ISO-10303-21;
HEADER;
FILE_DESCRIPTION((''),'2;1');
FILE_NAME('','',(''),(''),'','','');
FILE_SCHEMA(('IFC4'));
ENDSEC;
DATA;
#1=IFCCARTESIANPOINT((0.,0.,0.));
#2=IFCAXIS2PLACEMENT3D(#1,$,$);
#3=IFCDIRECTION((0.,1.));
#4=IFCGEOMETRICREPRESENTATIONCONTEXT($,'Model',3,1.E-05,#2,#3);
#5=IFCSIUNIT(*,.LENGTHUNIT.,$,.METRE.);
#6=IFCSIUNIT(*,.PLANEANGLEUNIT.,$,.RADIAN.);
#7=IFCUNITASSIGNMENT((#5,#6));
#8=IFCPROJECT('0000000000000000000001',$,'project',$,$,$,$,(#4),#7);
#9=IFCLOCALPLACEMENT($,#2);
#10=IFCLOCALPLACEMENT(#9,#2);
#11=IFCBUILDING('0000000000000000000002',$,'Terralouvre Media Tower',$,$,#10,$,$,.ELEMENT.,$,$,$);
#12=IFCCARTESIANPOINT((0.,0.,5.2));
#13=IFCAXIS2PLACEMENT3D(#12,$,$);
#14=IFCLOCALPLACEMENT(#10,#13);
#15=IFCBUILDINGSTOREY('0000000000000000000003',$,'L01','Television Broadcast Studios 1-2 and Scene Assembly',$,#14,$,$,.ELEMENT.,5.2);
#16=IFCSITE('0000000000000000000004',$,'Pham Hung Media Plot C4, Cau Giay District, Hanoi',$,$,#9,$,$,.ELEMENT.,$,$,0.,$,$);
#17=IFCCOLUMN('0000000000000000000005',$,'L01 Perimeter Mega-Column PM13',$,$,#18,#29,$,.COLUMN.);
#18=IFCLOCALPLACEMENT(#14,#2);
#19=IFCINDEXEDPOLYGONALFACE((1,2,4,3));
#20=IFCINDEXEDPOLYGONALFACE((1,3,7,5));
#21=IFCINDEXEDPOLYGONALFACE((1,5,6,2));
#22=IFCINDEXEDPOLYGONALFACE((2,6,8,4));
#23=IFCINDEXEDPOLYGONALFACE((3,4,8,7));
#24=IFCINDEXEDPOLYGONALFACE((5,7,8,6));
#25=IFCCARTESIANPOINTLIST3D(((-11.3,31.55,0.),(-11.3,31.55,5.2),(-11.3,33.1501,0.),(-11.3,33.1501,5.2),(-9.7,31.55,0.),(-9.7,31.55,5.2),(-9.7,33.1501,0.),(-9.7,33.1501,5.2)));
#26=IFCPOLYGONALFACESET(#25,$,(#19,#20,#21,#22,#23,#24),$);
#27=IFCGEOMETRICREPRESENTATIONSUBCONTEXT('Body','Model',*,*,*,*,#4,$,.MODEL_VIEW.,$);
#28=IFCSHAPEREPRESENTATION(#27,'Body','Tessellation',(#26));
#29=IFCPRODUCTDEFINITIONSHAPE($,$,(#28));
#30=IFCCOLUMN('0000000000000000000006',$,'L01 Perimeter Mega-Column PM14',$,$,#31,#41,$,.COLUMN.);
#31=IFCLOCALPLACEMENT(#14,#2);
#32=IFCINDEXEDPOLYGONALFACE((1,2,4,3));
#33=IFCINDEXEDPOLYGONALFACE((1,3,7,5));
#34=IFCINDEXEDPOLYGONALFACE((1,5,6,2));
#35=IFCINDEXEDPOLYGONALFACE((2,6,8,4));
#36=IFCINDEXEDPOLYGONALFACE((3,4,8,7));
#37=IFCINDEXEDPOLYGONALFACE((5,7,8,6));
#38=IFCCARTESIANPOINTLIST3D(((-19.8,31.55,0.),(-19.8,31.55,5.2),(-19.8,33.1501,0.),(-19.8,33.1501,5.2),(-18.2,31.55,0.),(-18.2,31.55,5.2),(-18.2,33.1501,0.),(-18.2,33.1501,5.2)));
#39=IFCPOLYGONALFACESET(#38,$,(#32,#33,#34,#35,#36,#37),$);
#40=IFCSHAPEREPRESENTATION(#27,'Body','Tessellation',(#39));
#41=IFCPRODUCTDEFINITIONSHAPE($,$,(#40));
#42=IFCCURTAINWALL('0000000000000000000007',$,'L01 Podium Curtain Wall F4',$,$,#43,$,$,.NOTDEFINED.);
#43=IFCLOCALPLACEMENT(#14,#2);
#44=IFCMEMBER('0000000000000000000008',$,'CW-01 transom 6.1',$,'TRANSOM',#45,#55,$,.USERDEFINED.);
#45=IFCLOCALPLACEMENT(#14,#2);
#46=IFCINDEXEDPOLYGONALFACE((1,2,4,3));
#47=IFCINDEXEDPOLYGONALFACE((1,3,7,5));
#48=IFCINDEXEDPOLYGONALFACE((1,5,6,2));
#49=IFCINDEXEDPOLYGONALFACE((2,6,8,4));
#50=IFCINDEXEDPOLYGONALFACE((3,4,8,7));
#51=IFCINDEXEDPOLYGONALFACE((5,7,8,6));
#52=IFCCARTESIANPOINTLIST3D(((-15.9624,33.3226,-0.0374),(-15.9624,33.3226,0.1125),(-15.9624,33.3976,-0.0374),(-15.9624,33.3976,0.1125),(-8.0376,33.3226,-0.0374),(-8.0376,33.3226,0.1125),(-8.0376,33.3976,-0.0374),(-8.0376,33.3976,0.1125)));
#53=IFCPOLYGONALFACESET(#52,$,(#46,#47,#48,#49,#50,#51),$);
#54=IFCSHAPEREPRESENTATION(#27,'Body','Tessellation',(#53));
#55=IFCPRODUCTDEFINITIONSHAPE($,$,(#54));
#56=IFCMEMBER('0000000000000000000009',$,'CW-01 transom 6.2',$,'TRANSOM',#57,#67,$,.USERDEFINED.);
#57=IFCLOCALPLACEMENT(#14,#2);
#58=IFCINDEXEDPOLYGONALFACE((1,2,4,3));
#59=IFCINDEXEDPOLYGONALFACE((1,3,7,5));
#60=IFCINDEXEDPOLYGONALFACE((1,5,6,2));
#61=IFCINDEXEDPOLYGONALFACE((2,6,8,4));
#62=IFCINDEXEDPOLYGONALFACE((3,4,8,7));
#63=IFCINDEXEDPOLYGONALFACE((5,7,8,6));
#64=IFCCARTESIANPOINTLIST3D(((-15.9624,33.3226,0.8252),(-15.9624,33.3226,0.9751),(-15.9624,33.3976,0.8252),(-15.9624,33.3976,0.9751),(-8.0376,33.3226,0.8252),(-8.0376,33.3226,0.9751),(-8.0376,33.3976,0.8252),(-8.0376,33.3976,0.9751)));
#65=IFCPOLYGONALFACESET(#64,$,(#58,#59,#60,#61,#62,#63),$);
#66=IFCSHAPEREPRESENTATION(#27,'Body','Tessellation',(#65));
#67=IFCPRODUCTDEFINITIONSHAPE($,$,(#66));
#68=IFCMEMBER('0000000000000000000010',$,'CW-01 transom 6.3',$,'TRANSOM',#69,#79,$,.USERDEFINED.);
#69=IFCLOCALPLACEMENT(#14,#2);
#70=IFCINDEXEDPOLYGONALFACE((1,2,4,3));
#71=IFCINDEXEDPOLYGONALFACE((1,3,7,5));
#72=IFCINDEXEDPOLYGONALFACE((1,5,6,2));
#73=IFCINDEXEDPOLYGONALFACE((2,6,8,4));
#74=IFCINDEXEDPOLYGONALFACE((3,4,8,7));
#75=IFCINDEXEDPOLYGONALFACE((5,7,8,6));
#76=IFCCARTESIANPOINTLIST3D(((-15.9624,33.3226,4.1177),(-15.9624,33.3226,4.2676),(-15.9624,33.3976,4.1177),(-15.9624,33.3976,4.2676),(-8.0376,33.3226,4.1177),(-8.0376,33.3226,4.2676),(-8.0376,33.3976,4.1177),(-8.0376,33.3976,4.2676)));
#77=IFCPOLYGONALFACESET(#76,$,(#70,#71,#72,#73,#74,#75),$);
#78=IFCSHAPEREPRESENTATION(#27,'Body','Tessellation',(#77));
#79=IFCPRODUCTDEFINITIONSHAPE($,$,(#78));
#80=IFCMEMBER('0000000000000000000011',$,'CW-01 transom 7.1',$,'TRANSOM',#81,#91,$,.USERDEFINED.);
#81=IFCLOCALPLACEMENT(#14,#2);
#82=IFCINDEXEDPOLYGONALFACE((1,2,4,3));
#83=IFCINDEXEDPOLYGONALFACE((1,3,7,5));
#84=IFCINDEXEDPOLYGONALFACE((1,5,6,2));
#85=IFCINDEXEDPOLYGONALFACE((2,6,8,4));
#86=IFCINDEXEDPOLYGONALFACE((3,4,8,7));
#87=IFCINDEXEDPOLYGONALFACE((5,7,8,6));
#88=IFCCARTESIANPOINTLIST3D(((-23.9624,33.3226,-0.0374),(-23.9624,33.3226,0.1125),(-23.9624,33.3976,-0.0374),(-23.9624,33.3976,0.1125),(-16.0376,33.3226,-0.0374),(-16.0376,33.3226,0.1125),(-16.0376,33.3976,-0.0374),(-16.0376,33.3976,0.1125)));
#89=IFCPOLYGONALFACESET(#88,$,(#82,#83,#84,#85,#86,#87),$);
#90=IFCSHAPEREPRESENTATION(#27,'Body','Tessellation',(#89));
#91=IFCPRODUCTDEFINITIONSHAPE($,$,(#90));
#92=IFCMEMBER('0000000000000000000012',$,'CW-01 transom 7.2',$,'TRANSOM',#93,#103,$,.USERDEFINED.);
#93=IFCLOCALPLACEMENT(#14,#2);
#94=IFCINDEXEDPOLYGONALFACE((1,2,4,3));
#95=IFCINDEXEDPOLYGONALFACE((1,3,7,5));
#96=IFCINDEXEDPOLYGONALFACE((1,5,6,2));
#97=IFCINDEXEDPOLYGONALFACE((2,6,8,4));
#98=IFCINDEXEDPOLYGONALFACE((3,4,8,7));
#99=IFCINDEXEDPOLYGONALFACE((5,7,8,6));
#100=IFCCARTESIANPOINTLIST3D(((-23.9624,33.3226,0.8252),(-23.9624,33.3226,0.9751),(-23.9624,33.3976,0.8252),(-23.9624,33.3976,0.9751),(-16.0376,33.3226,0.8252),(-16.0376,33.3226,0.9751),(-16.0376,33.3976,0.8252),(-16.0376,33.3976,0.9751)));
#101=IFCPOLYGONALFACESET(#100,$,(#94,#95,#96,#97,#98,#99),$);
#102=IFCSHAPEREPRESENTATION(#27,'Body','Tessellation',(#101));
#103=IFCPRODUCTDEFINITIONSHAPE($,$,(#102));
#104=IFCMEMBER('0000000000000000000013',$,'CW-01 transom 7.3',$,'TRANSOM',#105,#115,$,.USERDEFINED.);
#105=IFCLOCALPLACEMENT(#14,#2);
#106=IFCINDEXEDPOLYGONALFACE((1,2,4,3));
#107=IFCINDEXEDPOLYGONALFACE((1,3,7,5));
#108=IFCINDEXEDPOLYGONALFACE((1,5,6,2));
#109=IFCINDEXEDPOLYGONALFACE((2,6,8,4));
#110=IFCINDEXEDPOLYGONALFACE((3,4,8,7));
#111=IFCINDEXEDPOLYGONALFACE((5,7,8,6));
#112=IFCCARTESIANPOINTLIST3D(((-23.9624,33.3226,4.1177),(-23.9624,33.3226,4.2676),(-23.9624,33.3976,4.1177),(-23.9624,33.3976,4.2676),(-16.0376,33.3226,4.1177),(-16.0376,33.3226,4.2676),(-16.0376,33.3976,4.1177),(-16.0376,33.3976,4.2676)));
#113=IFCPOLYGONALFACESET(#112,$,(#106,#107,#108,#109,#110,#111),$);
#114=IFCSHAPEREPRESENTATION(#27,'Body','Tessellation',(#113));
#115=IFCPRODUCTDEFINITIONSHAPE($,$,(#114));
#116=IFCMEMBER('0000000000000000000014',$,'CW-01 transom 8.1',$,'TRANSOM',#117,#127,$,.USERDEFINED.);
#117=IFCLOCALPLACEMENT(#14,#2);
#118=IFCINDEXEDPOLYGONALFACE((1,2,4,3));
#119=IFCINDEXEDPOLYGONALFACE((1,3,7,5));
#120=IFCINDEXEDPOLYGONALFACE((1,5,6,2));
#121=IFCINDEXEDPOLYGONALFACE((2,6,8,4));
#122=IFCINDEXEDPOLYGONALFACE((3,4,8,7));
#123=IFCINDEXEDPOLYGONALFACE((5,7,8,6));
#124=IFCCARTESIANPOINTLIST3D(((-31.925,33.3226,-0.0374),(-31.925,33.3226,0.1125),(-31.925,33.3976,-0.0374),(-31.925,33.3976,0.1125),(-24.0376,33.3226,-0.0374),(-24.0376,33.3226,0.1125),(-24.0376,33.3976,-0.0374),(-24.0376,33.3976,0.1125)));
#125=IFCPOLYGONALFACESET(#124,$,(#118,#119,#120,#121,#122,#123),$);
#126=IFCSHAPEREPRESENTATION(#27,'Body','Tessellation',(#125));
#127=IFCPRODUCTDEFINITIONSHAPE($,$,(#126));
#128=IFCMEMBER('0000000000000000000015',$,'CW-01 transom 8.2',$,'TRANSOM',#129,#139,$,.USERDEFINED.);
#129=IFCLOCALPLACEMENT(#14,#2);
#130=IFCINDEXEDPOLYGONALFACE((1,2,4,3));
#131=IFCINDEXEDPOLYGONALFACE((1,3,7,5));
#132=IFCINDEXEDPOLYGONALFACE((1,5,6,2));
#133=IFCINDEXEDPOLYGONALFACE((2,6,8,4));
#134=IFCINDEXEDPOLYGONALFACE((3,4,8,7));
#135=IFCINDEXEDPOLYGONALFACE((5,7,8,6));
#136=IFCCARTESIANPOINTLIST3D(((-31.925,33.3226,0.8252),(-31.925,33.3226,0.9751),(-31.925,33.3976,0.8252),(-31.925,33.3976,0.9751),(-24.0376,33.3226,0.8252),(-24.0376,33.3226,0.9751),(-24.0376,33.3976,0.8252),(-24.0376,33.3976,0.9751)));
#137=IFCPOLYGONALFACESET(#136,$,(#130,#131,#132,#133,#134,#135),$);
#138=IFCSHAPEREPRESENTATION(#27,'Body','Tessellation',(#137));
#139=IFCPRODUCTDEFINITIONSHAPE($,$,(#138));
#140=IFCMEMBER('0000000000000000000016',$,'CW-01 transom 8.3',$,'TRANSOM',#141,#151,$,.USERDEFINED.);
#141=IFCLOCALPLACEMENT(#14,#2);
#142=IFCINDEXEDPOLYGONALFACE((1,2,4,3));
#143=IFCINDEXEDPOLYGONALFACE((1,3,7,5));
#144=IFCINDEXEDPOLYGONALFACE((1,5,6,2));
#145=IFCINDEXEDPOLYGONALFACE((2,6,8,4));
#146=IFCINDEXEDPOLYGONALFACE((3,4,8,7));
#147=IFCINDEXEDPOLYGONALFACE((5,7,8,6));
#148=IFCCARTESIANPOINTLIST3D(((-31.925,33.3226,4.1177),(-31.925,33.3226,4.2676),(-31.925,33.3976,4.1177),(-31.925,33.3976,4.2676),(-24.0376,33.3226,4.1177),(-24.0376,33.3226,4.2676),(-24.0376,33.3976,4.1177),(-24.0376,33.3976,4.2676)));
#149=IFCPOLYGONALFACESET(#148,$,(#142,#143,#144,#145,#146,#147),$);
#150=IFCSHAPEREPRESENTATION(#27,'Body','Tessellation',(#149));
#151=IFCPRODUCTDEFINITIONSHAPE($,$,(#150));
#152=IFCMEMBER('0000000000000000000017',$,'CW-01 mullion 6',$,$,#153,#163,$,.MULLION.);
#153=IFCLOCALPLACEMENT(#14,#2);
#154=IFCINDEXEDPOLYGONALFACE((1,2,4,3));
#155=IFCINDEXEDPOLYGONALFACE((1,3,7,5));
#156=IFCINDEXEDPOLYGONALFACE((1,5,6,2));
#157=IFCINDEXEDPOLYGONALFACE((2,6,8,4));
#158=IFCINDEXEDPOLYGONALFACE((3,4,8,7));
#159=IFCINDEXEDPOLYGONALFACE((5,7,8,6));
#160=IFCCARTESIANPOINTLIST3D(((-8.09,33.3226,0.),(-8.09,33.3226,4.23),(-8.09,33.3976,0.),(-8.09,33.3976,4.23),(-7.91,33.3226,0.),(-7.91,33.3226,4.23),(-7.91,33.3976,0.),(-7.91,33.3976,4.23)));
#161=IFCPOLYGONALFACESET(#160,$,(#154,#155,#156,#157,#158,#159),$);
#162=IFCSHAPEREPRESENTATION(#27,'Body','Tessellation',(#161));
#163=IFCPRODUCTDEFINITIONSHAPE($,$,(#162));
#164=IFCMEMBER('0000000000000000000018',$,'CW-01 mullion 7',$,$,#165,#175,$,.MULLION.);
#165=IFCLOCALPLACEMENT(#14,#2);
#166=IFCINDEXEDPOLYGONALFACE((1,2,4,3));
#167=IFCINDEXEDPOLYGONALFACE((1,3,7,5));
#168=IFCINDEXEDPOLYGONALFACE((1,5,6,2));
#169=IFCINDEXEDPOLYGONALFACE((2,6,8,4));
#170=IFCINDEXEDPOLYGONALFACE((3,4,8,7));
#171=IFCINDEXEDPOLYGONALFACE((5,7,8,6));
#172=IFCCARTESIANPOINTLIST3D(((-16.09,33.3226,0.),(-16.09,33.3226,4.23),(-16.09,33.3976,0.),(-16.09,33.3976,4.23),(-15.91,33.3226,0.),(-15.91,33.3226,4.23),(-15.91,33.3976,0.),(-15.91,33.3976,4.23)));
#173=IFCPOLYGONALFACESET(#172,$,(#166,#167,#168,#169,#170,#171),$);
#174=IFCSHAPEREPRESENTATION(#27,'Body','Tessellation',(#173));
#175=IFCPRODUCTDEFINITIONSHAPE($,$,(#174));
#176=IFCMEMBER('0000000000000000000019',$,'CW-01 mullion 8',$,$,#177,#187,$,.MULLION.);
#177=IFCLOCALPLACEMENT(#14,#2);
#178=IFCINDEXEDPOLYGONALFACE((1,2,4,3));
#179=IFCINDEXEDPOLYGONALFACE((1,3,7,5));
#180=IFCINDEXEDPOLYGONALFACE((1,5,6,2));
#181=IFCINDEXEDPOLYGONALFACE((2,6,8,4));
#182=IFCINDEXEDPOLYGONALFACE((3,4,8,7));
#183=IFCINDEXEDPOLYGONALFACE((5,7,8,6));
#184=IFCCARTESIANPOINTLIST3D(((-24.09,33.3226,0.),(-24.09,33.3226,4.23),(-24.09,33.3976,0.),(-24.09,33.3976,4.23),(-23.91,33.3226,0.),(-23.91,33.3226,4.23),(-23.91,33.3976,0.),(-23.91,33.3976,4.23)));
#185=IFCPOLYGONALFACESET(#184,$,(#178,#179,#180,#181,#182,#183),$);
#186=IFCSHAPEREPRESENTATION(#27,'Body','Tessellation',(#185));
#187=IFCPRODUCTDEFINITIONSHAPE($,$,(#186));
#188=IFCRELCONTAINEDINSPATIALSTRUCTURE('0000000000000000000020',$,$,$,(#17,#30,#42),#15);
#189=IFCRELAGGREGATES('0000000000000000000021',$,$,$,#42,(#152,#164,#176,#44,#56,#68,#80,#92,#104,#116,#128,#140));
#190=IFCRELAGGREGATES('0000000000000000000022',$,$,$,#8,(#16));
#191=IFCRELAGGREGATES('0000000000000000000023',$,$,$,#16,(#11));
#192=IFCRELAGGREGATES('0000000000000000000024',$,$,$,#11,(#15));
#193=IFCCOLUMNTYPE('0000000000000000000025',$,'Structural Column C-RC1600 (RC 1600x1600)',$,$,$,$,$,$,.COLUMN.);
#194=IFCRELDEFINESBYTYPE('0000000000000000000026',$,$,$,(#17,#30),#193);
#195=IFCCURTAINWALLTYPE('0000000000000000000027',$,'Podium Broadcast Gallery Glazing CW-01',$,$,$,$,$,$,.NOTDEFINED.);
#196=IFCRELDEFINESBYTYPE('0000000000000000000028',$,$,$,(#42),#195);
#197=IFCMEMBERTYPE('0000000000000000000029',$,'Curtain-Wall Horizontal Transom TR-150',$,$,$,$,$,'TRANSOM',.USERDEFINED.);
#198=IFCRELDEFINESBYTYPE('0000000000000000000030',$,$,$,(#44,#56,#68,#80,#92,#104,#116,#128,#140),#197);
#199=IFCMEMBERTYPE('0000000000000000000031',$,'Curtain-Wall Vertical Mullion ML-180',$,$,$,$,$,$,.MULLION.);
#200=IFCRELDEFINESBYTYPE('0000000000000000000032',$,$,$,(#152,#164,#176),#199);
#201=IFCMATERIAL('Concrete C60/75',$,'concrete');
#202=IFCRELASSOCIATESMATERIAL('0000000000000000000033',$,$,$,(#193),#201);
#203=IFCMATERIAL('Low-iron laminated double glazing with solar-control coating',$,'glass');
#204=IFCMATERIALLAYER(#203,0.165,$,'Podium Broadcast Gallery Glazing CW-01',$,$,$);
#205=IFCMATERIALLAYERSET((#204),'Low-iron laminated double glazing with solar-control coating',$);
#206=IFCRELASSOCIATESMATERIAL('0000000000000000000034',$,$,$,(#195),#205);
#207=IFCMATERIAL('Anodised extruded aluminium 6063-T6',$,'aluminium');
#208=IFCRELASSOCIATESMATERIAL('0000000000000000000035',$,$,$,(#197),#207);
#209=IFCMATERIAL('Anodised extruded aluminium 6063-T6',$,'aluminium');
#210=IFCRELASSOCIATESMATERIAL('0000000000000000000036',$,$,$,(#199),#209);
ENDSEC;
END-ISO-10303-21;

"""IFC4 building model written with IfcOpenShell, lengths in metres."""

from ifc_helpers import new_model, si_unit, direction, frame, origin, origin_2d, place, context, subcontext, project, spatial, rectangle, extrude, material, layer, layer_set, material_profile, profile_set, type_object, element, aggregate, save


model = new_model("IFC4")

# Units and contexts
model_context = context("Model", 3, precision=1e-05, world=origin(), true_north=direction((0.0, 1.0)))
body_context = subcontext(model_context, "Body", "Model", "MODEL_VIEW")
ifc_project = project(units=[si_unit("LENGTHUNIT", "METRE"), si_unit("PLANEANGLEUNIT", "RADIAN")], contexts=[model_context])

# Site, building, storey
site_placement = place(None, origin())
site = spatial("IfcSite", under=ifc_project, at=site_placement, Name="Pham Hung Media Plot C4, Cau Giay District, Hanoi", CompositionType="ELEMENT", RefElevation=0.0)
building_placement = place(site_placement, origin())
building = spatial("IfcBuilding", under=site, at=building_placement, Name="Terralouvre Media Tower", CompositionType="ELEMENT")
storey_placement = place(building_placement, frame((0.0, 0.0, 5.2)))
storey = spatial("IfcBuildingStorey", under=building, at=storey_placement, Name="L01", Description="Television Broadcast Studios 1-2 and Scene Assembly", CompositionType="ELEMENT", Elevation=5.2)

# Columns
ifc_material_1 = material(Name="Concrete C60/75", Category="concrete")
ifc_material_profile_1 = material_profile(ifc_material_1, rectangle(XDim=1.6001, YDim=1.6001, at=origin_2d()), Name="RC 1600x1600")
ifc_profile_set_1 = profile_set([ifc_material_profile_1], Name="Concrete C60/75")
column_type = type_object("IfcColumnType", Name="Structural Column C-RC1600 (RC 1600x1600)", PredefinedType="COLUMN", material=ifc_profile_set_1)
for number, where, z_axis, x_axis, name in (
    (1, (-10.5, 32.3501, 0.0), (0.0, 0.0, 1.0), (1.0, 0.0, 0.0), "L01 Perimeter Mega-Column PM13"),
    (2, (-19.0, 32.3501, 0.0), (0.0, 0.0, 1.0), (1.0, 0.0, 0.0), "L01 Perimeter Mega-Column PM14"),
):
    element("IfcColumn", number, at=place(storey_placement, frame(where, z_axis=z_axis, x_axis=x_axis)), inside=storey, type_object=column_type, Name=name, PredefinedType="COLUMN", context=body_context, shape_type="SweptSolid", body=[
        extrude(rectangle(XDim=1.6001, YDim=1.6001, at=origin_2d()), origin(), (0.0, 0.0, 1.0), 5.2),
    ])

# Curtain wall, members
ifc_material_2 = material(Name="Low-iron laminated double glazing with solar-control coating", Category="glass")
ifc_layer_1 = layer(ifc_material_2, 0.165, Name="Podium Broadcast Gallery Glazing CW-01")
ifc_layer_set_1 = layer_set([ifc_layer_1], Name="Low-iron laminated double glazing with solar-control coating")
curtain_wall_type = type_object("IfcCurtainWallType", Name="Podium Broadcast Gallery Glazing CW-01", PredefinedType="NOTDEFINED", material=ifc_layer_set_1)
curtain_wall_placement = place(storey_placement, origin())
curtain_wall = element("IfcCurtainWall", 3, at=curtain_wall_placement, inside=storey, type_object=curtain_wall_type, Name="L01 Podium Curtain Wall F4", PredefinedType="NOTDEFINED")
ifc_material_3 = material(Name="Anodised extruded aluminium 6063-T6", Category="aluminium")
ifc_material_profile_2 = material_profile(ifc_material_3, rectangle(XDim=0.075, YDim=0.1499, at=origin_2d()), Name="ALU 75x150")
ifc_profile_set_2 = profile_set([ifc_material_profile_2], Name="Anodised extruded aluminium 6063-T6")
member_type_1 = type_object("IfcMemberType", Name="Curtain-Wall Horizontal Transom TR-150", ElementType="TRANSOM", PredefinedType="USERDEFINED", material=ifc_profile_set_2)
member_1_placement = place(storey_placement, frame((-8.0376, 33.3601, 0.0376), z_axis=(-1.0, 0.0, 0.0), x_axis=(0.0, -1.0, 0.0)))
member_1 = element("IfcMember", 4, at=member_1_placement, type_object=member_type_1, Name="CW-01 transom 6.1", ObjectType="TRANSOM", PredefinedType="USERDEFINED", context=body_context, shape_type="SweptSolid", body=[
    extrude(rectangle(XDim=0.075, YDim=0.1499, at=origin_2d()), origin(), (0.0, 0.0, 1.0), 7.9248),
])
member_2_placement = place(storey_placement, frame((-8.0376, 33.3601, 0.9001), z_axis=(-1.0, 0.0, 0.0), x_axis=(0.0, -1.0, 0.0)))
member_2 = element("IfcMember", 5, at=member_2_placement, type_object=member_type_1, Name="CW-01 transom 6.2", ObjectType="TRANSOM", PredefinedType="USERDEFINED", context=body_context, shape_type="SweptSolid", body=[
    extrude(rectangle(XDim=0.075, YDim=0.1499, at=origin_2d()), origin(), (0.0, 0.0, 1.0), 7.9248),
])
member_3_placement = place(storey_placement, frame((-8.0376, 33.3601, 4.1926), z_axis=(-1.0, 0.0, 0.0), x_axis=(0.0, -1.0, 0.0)))
member_3 = element("IfcMember", 6, at=member_3_placement, type_object=member_type_1, Name="CW-01 transom 6.3", ObjectType="TRANSOM", PredefinedType="USERDEFINED", context=body_context, shape_type="SweptSolid", body=[
    extrude(rectangle(XDim=0.075, YDim=0.1499, at=origin_2d()), origin(), (0.0, 0.0, 1.0), 7.9248),
])
member_4_placement = place(storey_placement, frame((-16.0376, 33.3601, 0.0376), z_axis=(-1.0, 0.0, 0.0), x_axis=(0.0, -1.0, 0.0)))
member_4 = element("IfcMember", 7, at=member_4_placement, type_object=member_type_1, Name="CW-01 transom 7.1", ObjectType="TRANSOM", PredefinedType="USERDEFINED", context=body_context, shape_type="SweptSolid", body=[
    extrude(rectangle(XDim=0.075, YDim=0.1499, at=origin_2d()), origin(), (0.0, 0.0, 1.0), 7.9248),
])
member_5_placement = place(storey_placement, frame((-16.0376, 33.3601, 0.9001), z_axis=(-1.0, 0.0, 0.0), x_axis=(0.0, -1.0, 0.0)))
member_5 = element("IfcMember", 8, at=member_5_placement, type_object=member_type_1, Name="CW-01 transom 7.2", ObjectType="TRANSOM", PredefinedType="USERDEFINED", context=body_context, shape_type="SweptSolid", body=[
    extrude(rectangle(XDim=0.075, YDim=0.1499, at=origin_2d()), origin(), (0.0, 0.0, 1.0), 7.9248),
])
member_6_placement = place(storey_placement, frame((-16.0376, 33.3601, 4.1926), z_axis=(-1.0, 0.0, 0.0), x_axis=(0.0, -1.0, 0.0)))
member_6 = element("IfcMember", 9, at=member_6_placement, type_object=member_type_1, Name="CW-01 transom 7.3", ObjectType="TRANSOM", PredefinedType="USERDEFINED", context=body_context, shape_type="SweptSolid", body=[
    extrude(rectangle(XDim=0.075, YDim=0.1499, at=origin_2d()), origin(), (0.0, 0.0, 1.0), 7.9248),
])
member_7_placement = place(storey_placement, frame((-24.0376, 33.3601, 0.0376), z_axis=(-1.0, 0.0, 0.0), x_axis=(0.0, -1.0, 0.0)))
member_7 = element("IfcMember", 10, at=member_7_placement, type_object=member_type_1, Name="CW-01 transom 8.1", ObjectType="TRANSOM", PredefinedType="USERDEFINED", context=body_context, shape_type="SweptSolid", body=[
    extrude(rectangle(XDim=0.075, YDim=0.1499, at=origin_2d()), origin(), (0.0, 0.0, 1.0), 7.8875),
])
member_8_placement = place(storey_placement, frame((-24.0376, 33.3601, 0.9001), z_axis=(-1.0, 0.0, 0.0), x_axis=(0.0, -1.0, 0.0)))
member_8 = element("IfcMember", 11, at=member_8_placement, type_object=member_type_1, Name="CW-01 transom 8.2", ObjectType="TRANSOM", PredefinedType="USERDEFINED", context=body_context, shape_type="SweptSolid", body=[
    extrude(rectangle(XDim=0.075, YDim=0.1499, at=origin_2d()), origin(), (0.0, 0.0, 1.0), 7.8875),
])
member_9_placement = place(storey_placement, frame((-24.0376, 33.3601, 4.1926), z_axis=(-1.0, 0.0, 0.0), x_axis=(0.0, -1.0, 0.0)))
member_9 = element("IfcMember", 12, at=member_9_placement, type_object=member_type_1, Name="CW-01 transom 8.3", ObjectType="TRANSOM", PredefinedType="USERDEFINED", context=body_context, shape_type="SweptSolid", body=[
    extrude(rectangle(XDim=0.075, YDim=0.1499, at=origin_2d()), origin(), (0.0, 0.0, 1.0), 7.8875),
])
ifc_material_4 = material(Name="Anodised extruded aluminium 6063-T6", Category="aluminium")
ifc_material_profile_3 = material_profile(ifc_material_4, rectangle(XDim=0.075, YDim=0.1799, at=origin_2d()), Name="ALU 75x180")
ifc_profile_set_3 = profile_set([ifc_material_profile_3], Name="Anodised extruded aluminium 6063-T6")
member_type_2 = type_object("IfcMemberType", Name="Curtain-Wall Vertical Mullion ML-180", PredefinedType="MULLION", material=ifc_profile_set_3)
member_10_placement = place(storey_placement, frame((-8.0, 33.3601, 0.0), z_axis=(0.0, 0.0, 1.0), x_axis=(0.0, -1.0, 0.0)))
member_10 = element("IfcMember", 13, at=member_10_placement, type_object=member_type_2, Name="CW-01 mullion 6", PredefinedType="MULLION", context=body_context, shape_type="SweptSolid", body=[
    extrude(rectangle(XDim=0.075, YDim=0.1799, at=origin_2d()), origin(), (0.0, 0.0, 1.0), 4.23),
])
member_11_placement = place(storey_placement, frame((-16.0, 33.3601, 0.0), z_axis=(0.0, 0.0, 1.0), x_axis=(0.0, -1.0, 0.0)))
member_11 = element("IfcMember", 14, at=member_11_placement, type_object=member_type_2, Name="CW-01 mullion 7", PredefinedType="MULLION", context=body_context, shape_type="SweptSolid", body=[
    extrude(rectangle(XDim=0.075, YDim=0.1799, at=origin_2d()), origin(), (0.0, 0.0, 1.0), 4.23),
])
member_12_placement = place(storey_placement, frame((-24.0, 33.3601, 0.0), z_axis=(0.0, 0.0, 1.0), x_axis=(0.0, -1.0, 0.0)))
member_12 = element("IfcMember", 15, at=member_12_placement, type_object=member_type_2, Name="CW-01 mullion 8", PredefinedType="MULLION", context=body_context, shape_type="SweptSolid", body=[
    extrude(rectangle(XDim=0.075, YDim=0.1799, at=origin_2d()), origin(), (0.0, 0.0, 1.0), 4.23),
])

aggregate(curtain_wall, [member_10, member_11, member_12, member_1, member_2, member_3, member_4, member_5, member_6, member_7, member_8, member_9])

save(model, "model.ifc")
